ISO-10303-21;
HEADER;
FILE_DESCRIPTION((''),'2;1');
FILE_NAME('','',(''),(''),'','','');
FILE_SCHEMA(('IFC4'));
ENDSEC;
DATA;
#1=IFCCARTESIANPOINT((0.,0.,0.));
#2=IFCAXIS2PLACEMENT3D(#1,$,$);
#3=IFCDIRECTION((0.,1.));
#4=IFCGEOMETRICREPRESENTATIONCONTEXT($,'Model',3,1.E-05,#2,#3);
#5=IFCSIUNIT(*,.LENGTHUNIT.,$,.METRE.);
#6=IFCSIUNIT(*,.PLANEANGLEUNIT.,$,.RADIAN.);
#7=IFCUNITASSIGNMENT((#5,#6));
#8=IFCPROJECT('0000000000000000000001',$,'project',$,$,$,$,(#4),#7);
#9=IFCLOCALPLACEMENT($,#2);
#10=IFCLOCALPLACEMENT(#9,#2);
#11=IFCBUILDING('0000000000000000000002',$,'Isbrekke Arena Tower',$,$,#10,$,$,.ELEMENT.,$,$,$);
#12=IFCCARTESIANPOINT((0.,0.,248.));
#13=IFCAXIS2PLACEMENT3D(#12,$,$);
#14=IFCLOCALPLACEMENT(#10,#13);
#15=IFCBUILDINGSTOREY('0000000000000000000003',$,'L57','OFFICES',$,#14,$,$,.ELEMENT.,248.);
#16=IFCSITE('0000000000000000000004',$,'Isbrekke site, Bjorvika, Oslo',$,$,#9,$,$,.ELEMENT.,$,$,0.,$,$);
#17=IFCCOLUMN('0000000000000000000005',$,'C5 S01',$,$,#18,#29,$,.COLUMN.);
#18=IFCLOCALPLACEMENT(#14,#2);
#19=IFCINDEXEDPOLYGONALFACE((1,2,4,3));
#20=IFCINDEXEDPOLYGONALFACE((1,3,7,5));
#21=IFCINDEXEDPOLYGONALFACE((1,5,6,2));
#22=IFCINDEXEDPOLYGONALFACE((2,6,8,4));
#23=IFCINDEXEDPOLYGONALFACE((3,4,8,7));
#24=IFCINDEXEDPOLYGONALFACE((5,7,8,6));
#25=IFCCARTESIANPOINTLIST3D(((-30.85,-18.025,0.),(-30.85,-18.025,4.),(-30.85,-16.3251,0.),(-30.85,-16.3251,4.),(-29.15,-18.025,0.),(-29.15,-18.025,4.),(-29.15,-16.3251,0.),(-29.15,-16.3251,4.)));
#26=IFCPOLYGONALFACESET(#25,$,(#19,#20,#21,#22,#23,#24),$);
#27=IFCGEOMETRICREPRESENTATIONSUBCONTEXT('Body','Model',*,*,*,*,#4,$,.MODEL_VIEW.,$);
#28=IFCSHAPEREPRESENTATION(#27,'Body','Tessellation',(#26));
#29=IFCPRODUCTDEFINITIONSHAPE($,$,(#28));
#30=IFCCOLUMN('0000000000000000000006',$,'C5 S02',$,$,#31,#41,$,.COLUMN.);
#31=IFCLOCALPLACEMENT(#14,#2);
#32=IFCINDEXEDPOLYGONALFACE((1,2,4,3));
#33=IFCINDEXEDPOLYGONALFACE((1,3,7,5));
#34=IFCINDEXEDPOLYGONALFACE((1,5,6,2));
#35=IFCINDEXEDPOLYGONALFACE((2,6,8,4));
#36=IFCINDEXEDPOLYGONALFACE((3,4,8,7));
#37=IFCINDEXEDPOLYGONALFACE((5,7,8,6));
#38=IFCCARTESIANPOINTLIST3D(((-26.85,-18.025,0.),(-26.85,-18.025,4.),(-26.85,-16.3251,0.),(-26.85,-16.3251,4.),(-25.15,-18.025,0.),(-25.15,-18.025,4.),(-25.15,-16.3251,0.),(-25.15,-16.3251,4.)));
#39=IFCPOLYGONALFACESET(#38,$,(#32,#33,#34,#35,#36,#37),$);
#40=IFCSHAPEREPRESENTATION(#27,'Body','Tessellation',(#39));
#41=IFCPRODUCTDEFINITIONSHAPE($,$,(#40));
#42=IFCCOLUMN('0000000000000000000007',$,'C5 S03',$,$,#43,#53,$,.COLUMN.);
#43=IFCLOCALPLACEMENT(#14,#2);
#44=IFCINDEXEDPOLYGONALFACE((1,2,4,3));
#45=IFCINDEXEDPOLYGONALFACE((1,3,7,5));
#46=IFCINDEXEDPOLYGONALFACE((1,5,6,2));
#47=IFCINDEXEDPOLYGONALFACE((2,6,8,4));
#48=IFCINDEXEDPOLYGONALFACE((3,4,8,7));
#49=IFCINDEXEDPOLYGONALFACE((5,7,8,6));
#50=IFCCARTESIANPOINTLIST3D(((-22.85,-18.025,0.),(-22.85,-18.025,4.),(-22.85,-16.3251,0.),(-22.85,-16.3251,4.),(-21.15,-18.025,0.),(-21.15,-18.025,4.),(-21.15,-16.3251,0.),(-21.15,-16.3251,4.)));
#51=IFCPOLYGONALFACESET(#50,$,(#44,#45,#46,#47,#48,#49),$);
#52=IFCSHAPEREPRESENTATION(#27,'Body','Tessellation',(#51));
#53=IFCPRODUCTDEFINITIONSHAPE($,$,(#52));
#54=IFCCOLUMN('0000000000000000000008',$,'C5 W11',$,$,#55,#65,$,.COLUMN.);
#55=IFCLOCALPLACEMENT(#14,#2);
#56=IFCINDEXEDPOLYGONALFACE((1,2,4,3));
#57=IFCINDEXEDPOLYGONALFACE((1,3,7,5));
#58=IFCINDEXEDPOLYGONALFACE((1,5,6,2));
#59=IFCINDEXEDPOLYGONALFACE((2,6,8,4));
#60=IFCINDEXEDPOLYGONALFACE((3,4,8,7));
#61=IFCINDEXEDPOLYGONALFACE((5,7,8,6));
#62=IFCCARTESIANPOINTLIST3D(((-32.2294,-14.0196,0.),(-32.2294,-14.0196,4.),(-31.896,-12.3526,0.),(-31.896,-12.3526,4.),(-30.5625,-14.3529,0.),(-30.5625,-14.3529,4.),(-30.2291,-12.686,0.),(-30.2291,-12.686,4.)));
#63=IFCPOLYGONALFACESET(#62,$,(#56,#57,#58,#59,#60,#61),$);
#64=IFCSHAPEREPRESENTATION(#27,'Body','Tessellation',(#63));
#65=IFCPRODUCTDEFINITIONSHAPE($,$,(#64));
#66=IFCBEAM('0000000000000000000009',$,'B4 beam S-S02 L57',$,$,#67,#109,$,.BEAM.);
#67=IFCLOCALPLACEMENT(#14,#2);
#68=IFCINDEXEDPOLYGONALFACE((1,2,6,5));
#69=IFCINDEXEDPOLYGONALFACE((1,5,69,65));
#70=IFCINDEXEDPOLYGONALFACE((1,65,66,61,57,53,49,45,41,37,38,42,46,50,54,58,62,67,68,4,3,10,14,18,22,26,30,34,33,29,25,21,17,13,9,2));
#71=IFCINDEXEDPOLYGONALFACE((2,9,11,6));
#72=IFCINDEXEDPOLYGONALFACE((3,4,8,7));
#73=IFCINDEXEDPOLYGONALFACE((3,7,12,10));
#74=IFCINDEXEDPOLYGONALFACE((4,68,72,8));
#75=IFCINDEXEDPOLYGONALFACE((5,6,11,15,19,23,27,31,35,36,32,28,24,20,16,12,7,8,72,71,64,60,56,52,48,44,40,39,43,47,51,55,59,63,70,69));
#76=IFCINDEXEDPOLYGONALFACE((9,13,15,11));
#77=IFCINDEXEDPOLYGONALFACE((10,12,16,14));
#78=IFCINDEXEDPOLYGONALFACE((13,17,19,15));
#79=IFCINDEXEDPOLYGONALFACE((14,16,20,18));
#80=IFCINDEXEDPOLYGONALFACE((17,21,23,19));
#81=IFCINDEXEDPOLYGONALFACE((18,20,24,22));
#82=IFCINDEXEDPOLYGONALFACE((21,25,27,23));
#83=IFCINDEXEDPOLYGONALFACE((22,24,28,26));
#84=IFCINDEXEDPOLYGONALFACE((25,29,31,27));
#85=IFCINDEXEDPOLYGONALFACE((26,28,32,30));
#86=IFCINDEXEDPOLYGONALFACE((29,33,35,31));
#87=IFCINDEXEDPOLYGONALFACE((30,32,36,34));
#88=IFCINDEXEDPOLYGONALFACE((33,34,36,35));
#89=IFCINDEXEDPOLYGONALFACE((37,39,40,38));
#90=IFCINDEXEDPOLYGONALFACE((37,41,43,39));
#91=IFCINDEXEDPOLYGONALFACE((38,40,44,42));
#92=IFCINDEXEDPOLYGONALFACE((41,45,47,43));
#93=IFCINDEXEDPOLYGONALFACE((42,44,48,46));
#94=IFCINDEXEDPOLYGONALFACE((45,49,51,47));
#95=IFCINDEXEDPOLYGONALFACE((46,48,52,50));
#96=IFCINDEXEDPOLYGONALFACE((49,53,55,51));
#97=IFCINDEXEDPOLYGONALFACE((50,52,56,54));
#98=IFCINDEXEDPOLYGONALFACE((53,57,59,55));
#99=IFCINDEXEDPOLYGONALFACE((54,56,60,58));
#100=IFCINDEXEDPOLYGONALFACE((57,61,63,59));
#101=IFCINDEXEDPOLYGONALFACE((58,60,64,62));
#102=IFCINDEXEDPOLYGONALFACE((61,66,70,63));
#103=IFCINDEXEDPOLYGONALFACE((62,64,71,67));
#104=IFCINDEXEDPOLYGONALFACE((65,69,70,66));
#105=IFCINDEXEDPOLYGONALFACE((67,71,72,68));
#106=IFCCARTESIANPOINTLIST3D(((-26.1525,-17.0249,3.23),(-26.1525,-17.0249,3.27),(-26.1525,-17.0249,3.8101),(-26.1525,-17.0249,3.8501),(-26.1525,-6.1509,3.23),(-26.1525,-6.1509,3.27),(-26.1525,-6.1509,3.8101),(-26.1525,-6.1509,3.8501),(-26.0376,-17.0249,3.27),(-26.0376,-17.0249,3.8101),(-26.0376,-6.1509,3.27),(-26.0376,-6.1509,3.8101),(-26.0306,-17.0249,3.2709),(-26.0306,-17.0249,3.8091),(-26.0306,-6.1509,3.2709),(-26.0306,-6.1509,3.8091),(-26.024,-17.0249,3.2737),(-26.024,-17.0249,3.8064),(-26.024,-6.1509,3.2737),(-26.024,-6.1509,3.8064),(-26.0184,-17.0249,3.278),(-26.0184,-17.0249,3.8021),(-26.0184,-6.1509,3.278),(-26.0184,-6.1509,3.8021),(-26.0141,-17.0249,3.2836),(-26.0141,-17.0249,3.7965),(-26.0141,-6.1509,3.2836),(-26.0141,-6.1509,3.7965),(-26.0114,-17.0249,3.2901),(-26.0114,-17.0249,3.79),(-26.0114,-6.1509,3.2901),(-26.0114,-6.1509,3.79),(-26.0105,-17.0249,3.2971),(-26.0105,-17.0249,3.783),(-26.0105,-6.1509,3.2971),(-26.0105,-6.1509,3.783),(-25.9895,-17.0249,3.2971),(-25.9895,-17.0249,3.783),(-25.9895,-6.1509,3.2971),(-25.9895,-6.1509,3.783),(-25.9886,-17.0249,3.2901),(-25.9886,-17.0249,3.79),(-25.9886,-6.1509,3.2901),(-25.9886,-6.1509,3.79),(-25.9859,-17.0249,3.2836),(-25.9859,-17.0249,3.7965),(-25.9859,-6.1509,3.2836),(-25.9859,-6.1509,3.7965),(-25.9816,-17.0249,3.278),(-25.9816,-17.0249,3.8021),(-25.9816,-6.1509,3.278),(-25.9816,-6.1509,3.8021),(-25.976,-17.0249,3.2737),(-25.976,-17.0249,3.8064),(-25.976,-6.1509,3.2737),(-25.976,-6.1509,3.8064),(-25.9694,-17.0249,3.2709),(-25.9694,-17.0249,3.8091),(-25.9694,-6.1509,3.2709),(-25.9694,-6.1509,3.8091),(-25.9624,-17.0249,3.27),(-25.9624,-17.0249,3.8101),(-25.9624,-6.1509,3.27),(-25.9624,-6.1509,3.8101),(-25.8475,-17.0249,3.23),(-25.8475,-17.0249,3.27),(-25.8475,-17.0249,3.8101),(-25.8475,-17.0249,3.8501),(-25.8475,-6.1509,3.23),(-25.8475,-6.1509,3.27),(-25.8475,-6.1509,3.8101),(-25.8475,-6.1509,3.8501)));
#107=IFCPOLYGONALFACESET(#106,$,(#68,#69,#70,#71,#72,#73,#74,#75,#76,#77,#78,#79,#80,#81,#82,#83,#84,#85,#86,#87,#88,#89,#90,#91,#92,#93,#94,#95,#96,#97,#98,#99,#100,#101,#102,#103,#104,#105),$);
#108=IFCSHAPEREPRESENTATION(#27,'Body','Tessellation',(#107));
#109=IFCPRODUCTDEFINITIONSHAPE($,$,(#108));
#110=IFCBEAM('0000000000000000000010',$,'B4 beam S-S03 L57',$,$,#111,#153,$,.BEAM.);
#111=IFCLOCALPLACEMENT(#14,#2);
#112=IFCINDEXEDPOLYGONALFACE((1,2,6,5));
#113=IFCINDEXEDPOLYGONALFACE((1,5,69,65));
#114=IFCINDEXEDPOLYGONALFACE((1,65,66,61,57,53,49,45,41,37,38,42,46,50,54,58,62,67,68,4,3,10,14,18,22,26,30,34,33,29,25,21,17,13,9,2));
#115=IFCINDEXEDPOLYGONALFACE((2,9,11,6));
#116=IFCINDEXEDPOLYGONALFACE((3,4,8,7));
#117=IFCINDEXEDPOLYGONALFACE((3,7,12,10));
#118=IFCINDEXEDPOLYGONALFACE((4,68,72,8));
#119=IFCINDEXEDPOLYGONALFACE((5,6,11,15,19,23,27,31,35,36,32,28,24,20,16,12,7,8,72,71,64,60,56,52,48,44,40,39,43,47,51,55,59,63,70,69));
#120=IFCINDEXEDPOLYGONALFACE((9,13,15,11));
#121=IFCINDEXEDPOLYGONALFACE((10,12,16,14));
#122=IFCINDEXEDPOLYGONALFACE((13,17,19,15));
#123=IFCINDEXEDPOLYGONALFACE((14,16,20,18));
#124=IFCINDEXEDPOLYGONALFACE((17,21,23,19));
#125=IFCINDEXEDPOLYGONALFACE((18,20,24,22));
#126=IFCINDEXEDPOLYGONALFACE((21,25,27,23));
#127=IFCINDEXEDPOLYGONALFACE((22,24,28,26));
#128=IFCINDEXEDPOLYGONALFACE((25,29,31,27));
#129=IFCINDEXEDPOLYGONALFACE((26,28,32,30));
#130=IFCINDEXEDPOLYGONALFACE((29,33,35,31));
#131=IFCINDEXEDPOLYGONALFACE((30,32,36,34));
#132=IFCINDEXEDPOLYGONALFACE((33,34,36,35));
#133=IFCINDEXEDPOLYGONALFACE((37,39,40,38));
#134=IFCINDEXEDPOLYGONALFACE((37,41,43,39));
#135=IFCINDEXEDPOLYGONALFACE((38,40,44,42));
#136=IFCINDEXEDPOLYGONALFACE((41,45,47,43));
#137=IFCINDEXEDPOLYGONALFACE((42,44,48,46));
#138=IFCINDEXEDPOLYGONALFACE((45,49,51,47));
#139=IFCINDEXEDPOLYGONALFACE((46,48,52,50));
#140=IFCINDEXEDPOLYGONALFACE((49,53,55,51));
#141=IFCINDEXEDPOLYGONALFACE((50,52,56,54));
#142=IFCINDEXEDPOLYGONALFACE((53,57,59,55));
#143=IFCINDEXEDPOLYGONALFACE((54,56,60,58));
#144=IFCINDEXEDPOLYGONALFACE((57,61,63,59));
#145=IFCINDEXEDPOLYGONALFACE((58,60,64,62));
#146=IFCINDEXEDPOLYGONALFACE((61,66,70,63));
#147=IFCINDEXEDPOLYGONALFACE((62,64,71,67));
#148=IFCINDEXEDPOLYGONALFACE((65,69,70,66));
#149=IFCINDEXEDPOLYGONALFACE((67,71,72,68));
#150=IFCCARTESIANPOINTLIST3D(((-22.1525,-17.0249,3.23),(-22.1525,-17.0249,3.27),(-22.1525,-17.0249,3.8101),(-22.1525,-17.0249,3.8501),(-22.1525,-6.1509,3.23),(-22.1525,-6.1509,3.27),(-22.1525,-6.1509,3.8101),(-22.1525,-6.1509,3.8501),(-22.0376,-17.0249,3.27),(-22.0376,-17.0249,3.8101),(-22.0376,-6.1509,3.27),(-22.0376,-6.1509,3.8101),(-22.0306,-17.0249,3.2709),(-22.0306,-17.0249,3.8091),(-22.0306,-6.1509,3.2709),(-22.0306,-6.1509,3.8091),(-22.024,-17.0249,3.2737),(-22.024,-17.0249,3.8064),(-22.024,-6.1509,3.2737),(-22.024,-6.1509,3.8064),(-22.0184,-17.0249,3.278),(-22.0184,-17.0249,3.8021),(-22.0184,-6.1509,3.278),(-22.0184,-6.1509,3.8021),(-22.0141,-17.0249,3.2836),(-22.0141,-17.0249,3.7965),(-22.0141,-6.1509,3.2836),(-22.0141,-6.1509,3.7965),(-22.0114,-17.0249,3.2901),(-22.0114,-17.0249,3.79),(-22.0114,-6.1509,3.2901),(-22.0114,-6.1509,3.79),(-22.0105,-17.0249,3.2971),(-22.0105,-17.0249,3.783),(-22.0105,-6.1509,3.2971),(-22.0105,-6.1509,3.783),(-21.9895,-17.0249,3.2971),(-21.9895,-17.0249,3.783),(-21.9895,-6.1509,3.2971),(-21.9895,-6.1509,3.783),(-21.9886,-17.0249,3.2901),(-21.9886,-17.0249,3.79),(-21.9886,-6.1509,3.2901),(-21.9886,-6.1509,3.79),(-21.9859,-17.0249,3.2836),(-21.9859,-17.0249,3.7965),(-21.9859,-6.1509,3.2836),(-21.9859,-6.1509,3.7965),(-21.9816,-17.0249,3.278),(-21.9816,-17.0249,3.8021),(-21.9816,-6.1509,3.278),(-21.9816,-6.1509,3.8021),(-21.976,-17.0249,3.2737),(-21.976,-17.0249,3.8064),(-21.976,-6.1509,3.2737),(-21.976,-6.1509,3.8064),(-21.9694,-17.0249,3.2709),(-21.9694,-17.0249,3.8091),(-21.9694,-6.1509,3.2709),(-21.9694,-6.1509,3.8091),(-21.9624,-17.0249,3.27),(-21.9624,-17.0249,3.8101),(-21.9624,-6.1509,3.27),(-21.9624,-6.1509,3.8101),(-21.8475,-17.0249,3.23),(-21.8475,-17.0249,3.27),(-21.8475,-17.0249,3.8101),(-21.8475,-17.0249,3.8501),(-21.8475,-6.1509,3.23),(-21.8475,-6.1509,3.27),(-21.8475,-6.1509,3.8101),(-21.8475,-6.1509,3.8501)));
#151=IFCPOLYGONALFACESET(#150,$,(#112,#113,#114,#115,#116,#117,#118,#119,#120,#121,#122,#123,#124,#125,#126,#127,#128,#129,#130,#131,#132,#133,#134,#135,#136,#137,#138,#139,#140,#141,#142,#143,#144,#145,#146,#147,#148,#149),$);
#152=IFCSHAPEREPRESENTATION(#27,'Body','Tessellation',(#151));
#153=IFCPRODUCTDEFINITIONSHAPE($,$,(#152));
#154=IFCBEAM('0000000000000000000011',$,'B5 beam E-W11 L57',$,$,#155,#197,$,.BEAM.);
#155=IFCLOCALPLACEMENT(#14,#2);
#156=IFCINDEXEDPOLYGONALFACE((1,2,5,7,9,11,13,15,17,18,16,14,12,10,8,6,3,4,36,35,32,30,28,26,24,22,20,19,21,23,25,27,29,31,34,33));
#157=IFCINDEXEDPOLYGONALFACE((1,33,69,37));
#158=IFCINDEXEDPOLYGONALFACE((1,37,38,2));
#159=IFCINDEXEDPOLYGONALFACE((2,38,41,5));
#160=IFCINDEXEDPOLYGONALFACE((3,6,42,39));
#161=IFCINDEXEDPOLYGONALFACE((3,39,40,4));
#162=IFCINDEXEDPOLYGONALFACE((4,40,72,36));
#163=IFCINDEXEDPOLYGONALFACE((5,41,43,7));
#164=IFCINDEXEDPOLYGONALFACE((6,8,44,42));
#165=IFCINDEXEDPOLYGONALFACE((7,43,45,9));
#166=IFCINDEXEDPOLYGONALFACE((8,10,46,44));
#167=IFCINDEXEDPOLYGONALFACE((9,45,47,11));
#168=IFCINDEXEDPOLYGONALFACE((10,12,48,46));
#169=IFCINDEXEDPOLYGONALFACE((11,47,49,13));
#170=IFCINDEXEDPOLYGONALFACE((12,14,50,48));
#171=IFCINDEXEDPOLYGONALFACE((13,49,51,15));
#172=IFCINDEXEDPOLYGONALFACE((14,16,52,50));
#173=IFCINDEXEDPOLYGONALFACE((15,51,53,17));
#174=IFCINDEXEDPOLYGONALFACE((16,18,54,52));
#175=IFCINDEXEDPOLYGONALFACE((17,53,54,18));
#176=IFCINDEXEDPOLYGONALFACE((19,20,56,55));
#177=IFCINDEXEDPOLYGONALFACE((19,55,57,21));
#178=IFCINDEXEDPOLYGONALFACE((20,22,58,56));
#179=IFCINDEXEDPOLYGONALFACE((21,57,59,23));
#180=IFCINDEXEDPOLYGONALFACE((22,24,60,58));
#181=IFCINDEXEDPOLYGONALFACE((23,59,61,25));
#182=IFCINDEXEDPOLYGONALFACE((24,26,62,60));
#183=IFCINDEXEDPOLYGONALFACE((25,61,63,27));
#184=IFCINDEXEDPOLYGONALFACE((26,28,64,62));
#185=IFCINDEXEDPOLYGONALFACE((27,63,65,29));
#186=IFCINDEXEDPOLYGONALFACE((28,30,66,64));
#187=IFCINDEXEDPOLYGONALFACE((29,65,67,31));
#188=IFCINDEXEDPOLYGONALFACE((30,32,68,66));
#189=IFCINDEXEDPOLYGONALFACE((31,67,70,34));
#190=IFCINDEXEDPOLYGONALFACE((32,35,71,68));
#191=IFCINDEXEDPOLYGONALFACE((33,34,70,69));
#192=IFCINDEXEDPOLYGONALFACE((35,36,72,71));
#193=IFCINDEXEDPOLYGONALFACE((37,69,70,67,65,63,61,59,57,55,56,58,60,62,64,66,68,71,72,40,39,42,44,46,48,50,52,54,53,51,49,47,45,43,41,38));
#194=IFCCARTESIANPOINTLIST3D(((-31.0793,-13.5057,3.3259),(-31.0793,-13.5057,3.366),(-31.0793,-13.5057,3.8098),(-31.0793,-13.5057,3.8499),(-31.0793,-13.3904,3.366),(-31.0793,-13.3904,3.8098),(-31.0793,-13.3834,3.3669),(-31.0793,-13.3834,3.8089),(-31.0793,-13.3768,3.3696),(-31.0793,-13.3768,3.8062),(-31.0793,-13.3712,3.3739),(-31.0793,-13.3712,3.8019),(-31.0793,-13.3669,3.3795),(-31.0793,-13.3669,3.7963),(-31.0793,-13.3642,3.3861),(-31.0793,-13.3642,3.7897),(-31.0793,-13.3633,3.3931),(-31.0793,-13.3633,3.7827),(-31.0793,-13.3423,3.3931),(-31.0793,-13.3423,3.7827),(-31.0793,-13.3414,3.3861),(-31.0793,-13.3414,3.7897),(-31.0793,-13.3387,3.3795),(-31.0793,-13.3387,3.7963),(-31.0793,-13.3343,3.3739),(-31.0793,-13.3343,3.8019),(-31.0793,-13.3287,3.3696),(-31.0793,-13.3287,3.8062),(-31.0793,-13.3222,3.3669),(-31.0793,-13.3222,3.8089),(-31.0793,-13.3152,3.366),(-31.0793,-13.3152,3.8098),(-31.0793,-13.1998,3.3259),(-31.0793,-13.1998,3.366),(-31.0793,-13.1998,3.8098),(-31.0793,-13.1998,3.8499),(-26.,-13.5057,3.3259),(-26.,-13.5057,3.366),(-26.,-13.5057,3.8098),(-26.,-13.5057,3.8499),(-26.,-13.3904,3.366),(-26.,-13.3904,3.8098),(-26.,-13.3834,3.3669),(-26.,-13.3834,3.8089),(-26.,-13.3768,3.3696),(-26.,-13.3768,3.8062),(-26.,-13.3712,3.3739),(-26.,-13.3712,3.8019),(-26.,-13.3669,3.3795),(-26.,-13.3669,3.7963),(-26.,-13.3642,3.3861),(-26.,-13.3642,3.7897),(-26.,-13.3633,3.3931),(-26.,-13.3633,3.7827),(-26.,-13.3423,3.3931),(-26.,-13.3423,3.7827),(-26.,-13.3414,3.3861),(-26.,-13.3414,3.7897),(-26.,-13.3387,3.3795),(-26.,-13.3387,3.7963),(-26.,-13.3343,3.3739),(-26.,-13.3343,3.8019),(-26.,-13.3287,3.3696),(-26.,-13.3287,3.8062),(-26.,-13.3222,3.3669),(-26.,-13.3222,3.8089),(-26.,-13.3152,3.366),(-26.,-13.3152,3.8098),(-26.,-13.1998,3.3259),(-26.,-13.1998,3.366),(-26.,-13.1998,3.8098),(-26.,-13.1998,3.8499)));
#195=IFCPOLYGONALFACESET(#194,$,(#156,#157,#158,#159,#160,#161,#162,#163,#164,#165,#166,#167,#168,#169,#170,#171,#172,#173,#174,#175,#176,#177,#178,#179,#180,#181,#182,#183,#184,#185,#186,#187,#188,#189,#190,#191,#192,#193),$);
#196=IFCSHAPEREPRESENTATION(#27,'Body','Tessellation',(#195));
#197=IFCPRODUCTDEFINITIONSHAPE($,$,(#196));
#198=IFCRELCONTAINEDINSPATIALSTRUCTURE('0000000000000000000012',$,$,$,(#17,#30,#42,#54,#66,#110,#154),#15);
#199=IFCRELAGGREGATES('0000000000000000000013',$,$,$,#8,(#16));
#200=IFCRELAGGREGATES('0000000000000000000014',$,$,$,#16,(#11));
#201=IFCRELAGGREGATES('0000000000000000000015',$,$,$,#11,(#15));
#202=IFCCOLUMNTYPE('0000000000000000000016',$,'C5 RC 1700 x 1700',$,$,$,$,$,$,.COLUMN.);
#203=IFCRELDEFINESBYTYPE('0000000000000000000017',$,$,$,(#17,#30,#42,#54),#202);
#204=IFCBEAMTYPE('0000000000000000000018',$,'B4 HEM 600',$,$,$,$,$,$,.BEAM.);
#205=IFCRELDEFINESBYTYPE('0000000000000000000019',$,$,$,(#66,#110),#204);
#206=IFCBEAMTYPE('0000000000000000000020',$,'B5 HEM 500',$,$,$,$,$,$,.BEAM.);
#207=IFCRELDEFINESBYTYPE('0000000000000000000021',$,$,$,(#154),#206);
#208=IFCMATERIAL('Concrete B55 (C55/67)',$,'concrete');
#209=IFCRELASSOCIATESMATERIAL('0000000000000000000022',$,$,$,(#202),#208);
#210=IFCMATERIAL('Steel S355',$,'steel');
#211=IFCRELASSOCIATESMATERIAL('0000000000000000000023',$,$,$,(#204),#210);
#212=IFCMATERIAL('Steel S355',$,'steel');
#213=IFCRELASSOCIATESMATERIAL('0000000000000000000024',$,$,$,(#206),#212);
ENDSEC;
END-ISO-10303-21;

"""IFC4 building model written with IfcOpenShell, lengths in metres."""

from ifc_helpers import new_model, si_unit, direction, frame, origin, origin_2d, place, context, subcontext, project, spatial, rectangle, i_section, extrude, material, material_profile, profile_set, type_object, element, save


model = new_model("IFC4")

# Units and contexts
model_context = context("Model", 3, precision=1e-05, world=origin(), true_north=direction((0.0, 1.0)))
body_context = subcontext(model_context, "Body", "Model", "MODEL_VIEW")
ifc_project = project(units=[si_unit("LENGTHUNIT", "METRE"), si_unit("PLANEANGLEUNIT", "RADIAN")], contexts=[model_context])

# Site, building, storey
site_placement = place(None, origin())
site = spatial("IfcSite", under=ifc_project, at=site_placement, Name="Isbrekke site, Bjorvika, Oslo", CompositionType="ELEMENT", RefElevation=0.0)
building_placement = place(site_placement, origin())
building = spatial("IfcBuilding", under=site, at=building_placement, Name="Isbrekke Arena Tower", CompositionType="ELEMENT")
storey_placement = place(building_placement, frame((0.0, 0.0, 248.0)))
storey = spatial("IfcBuildingStorey", under=building, at=storey_placement, Name="L57", Description="OFFICES", CompositionType="ELEMENT", Elevation=248.0)

# Columns
ifc_material_1 = material(Name="Concrete B55 (C55/67)", Category="concrete")
ifc_material_profile_1 = material_profile(ifc_material_1, rectangle(XDim=1.7, YDim=1.7, at=origin_2d()), Name="RC 1700x1700")
ifc_profile_set_1 = profile_set([ifc_material_profile_1], Name="Concrete B55 (C55/67)")
column_type = type_object("IfcColumnType", Name="C5 RC 1700 x 1700", PredefinedType="COLUMN", material=ifc_profile_set_1)
for number, where, z_axis, x_axis, name in (
    (1, (-30.0, -17.175, 0.0), (0.0, 0.0, 1.0), (1.0, 0.0, 0.0), "C5 S01"),
    (2, (-26.0, -17.175, 0.0), (0.0, 0.0, 1.0), (1.0, 0.0, 0.0), "C5 S02"),
    (3, (-22.0, -17.175, 0.0), (0.0, 0.0, 1.0), (1.0, 0.0, 0.0), "C5 S03"),
    (4, (-31.2292, -13.3528, 0.0), (0.0, 0.0, 1.0), (-0.196116, -0.980581, 0.0), "C5 W11"),
):
    element("IfcColumn", number, at=place(storey_placement, frame(where, z_axis=z_axis, x_axis=x_axis)), inside=storey, type_object=column_type, Name=name, PredefinedType="COLUMN", context=body_context, shape_type="SweptSolid", body=[
        extrude(rectangle(XDim=1.7, YDim=1.7, at=origin_2d()), origin(), (0.0, 0.0, 1.0), 4.0),
    ])

# Beams
ifc_material_2 = material(Name="Steel S355", Category="steel")
ifc_material_profile_2 = material_profile(ifc_material_2, i_section(OverallWidth=0.3049, OverallDepth=0.6201, WebThickness=0.021, FlangeThickness=0.04, FilletRadius=0.0271, at=origin_2d()), Name="HEM 600")
ifc_profile_set_2 = profile_set([ifc_material_profile_2], Name="Steel S355")
beam_type_1 = type_object("IfcBeamType", Name="B4 HEM 600", PredefinedType="BEAM", material=ifc_profile_set_2)
for number, where, z_axis, x_axis, name in (
    (5, (-26.0, -17.0249, 3.54), (0.0, 1.0, 0.0), (-1.0, 0.0, 0.0), "B4 beam S-S02 L57"),
    (6, (-22.0, -17.0249, 3.54), (0.0, 1.0, 0.0), (-1.0, 0.0, 0.0), "B4 beam S-S03 L57"),
):
    element("IfcBeam", number, at=place(storey_placement, frame(where, z_axis=z_axis, x_axis=x_axis)), inside=storey, type_object=beam_type_1, Name=name, PredefinedType="BEAM", context=body_context, shape_type="SweptSolid", body=[
        extrude(i_section(OverallWidth=0.3049, OverallDepth=0.6201, WebThickness=0.021, FlangeThickness=0.04, FilletRadius=0.0271, at=origin_2d()), origin(), (0.0, 0.0, 1.0), 10.874),
    ])
ifc_material_3 = material(Name="Steel S355", Category="steel")
ifc_material_profile_3 = material_profile(ifc_material_3, i_section(OverallWidth=0.3059, OverallDepth=0.5239, WebThickness=0.021, FlangeThickness=0.04, FilletRadius=0.0271, at=origin_2d()), Name="HEM 500")
ifc_profile_set_3 = profile_set([ifc_material_profile_3], Name="Steel S355")
beam_type_2 = type_object("IfcBeamType", Name="B5 HEM 500", PredefinedType="BEAM", material=ifc_profile_set_3)
beam_1_placement = place(storey_placement, frame((-31.0793, -13.3528, 3.5879), z_axis=(1.0, 0.0, 0.0), x_axis=(0.0, 1.0, 0.0)))
element("IfcBeam", 7, at=beam_1_placement, inside=storey, type_object=beam_type_2, Name="B5 beam E-W11 L57", PredefinedType="BEAM", context=body_context, shape_type="SweptSolid", body=[
    extrude(i_section(OverallWidth=0.3059, OverallDepth=0.5239, WebThickness=0.021, FlangeThickness=0.04, FilletRadius=0.0271, at=origin_2d()), origin(), (0.0, 0.0, 1.0), 5.0793),
])

save(model, "model.ifc")
